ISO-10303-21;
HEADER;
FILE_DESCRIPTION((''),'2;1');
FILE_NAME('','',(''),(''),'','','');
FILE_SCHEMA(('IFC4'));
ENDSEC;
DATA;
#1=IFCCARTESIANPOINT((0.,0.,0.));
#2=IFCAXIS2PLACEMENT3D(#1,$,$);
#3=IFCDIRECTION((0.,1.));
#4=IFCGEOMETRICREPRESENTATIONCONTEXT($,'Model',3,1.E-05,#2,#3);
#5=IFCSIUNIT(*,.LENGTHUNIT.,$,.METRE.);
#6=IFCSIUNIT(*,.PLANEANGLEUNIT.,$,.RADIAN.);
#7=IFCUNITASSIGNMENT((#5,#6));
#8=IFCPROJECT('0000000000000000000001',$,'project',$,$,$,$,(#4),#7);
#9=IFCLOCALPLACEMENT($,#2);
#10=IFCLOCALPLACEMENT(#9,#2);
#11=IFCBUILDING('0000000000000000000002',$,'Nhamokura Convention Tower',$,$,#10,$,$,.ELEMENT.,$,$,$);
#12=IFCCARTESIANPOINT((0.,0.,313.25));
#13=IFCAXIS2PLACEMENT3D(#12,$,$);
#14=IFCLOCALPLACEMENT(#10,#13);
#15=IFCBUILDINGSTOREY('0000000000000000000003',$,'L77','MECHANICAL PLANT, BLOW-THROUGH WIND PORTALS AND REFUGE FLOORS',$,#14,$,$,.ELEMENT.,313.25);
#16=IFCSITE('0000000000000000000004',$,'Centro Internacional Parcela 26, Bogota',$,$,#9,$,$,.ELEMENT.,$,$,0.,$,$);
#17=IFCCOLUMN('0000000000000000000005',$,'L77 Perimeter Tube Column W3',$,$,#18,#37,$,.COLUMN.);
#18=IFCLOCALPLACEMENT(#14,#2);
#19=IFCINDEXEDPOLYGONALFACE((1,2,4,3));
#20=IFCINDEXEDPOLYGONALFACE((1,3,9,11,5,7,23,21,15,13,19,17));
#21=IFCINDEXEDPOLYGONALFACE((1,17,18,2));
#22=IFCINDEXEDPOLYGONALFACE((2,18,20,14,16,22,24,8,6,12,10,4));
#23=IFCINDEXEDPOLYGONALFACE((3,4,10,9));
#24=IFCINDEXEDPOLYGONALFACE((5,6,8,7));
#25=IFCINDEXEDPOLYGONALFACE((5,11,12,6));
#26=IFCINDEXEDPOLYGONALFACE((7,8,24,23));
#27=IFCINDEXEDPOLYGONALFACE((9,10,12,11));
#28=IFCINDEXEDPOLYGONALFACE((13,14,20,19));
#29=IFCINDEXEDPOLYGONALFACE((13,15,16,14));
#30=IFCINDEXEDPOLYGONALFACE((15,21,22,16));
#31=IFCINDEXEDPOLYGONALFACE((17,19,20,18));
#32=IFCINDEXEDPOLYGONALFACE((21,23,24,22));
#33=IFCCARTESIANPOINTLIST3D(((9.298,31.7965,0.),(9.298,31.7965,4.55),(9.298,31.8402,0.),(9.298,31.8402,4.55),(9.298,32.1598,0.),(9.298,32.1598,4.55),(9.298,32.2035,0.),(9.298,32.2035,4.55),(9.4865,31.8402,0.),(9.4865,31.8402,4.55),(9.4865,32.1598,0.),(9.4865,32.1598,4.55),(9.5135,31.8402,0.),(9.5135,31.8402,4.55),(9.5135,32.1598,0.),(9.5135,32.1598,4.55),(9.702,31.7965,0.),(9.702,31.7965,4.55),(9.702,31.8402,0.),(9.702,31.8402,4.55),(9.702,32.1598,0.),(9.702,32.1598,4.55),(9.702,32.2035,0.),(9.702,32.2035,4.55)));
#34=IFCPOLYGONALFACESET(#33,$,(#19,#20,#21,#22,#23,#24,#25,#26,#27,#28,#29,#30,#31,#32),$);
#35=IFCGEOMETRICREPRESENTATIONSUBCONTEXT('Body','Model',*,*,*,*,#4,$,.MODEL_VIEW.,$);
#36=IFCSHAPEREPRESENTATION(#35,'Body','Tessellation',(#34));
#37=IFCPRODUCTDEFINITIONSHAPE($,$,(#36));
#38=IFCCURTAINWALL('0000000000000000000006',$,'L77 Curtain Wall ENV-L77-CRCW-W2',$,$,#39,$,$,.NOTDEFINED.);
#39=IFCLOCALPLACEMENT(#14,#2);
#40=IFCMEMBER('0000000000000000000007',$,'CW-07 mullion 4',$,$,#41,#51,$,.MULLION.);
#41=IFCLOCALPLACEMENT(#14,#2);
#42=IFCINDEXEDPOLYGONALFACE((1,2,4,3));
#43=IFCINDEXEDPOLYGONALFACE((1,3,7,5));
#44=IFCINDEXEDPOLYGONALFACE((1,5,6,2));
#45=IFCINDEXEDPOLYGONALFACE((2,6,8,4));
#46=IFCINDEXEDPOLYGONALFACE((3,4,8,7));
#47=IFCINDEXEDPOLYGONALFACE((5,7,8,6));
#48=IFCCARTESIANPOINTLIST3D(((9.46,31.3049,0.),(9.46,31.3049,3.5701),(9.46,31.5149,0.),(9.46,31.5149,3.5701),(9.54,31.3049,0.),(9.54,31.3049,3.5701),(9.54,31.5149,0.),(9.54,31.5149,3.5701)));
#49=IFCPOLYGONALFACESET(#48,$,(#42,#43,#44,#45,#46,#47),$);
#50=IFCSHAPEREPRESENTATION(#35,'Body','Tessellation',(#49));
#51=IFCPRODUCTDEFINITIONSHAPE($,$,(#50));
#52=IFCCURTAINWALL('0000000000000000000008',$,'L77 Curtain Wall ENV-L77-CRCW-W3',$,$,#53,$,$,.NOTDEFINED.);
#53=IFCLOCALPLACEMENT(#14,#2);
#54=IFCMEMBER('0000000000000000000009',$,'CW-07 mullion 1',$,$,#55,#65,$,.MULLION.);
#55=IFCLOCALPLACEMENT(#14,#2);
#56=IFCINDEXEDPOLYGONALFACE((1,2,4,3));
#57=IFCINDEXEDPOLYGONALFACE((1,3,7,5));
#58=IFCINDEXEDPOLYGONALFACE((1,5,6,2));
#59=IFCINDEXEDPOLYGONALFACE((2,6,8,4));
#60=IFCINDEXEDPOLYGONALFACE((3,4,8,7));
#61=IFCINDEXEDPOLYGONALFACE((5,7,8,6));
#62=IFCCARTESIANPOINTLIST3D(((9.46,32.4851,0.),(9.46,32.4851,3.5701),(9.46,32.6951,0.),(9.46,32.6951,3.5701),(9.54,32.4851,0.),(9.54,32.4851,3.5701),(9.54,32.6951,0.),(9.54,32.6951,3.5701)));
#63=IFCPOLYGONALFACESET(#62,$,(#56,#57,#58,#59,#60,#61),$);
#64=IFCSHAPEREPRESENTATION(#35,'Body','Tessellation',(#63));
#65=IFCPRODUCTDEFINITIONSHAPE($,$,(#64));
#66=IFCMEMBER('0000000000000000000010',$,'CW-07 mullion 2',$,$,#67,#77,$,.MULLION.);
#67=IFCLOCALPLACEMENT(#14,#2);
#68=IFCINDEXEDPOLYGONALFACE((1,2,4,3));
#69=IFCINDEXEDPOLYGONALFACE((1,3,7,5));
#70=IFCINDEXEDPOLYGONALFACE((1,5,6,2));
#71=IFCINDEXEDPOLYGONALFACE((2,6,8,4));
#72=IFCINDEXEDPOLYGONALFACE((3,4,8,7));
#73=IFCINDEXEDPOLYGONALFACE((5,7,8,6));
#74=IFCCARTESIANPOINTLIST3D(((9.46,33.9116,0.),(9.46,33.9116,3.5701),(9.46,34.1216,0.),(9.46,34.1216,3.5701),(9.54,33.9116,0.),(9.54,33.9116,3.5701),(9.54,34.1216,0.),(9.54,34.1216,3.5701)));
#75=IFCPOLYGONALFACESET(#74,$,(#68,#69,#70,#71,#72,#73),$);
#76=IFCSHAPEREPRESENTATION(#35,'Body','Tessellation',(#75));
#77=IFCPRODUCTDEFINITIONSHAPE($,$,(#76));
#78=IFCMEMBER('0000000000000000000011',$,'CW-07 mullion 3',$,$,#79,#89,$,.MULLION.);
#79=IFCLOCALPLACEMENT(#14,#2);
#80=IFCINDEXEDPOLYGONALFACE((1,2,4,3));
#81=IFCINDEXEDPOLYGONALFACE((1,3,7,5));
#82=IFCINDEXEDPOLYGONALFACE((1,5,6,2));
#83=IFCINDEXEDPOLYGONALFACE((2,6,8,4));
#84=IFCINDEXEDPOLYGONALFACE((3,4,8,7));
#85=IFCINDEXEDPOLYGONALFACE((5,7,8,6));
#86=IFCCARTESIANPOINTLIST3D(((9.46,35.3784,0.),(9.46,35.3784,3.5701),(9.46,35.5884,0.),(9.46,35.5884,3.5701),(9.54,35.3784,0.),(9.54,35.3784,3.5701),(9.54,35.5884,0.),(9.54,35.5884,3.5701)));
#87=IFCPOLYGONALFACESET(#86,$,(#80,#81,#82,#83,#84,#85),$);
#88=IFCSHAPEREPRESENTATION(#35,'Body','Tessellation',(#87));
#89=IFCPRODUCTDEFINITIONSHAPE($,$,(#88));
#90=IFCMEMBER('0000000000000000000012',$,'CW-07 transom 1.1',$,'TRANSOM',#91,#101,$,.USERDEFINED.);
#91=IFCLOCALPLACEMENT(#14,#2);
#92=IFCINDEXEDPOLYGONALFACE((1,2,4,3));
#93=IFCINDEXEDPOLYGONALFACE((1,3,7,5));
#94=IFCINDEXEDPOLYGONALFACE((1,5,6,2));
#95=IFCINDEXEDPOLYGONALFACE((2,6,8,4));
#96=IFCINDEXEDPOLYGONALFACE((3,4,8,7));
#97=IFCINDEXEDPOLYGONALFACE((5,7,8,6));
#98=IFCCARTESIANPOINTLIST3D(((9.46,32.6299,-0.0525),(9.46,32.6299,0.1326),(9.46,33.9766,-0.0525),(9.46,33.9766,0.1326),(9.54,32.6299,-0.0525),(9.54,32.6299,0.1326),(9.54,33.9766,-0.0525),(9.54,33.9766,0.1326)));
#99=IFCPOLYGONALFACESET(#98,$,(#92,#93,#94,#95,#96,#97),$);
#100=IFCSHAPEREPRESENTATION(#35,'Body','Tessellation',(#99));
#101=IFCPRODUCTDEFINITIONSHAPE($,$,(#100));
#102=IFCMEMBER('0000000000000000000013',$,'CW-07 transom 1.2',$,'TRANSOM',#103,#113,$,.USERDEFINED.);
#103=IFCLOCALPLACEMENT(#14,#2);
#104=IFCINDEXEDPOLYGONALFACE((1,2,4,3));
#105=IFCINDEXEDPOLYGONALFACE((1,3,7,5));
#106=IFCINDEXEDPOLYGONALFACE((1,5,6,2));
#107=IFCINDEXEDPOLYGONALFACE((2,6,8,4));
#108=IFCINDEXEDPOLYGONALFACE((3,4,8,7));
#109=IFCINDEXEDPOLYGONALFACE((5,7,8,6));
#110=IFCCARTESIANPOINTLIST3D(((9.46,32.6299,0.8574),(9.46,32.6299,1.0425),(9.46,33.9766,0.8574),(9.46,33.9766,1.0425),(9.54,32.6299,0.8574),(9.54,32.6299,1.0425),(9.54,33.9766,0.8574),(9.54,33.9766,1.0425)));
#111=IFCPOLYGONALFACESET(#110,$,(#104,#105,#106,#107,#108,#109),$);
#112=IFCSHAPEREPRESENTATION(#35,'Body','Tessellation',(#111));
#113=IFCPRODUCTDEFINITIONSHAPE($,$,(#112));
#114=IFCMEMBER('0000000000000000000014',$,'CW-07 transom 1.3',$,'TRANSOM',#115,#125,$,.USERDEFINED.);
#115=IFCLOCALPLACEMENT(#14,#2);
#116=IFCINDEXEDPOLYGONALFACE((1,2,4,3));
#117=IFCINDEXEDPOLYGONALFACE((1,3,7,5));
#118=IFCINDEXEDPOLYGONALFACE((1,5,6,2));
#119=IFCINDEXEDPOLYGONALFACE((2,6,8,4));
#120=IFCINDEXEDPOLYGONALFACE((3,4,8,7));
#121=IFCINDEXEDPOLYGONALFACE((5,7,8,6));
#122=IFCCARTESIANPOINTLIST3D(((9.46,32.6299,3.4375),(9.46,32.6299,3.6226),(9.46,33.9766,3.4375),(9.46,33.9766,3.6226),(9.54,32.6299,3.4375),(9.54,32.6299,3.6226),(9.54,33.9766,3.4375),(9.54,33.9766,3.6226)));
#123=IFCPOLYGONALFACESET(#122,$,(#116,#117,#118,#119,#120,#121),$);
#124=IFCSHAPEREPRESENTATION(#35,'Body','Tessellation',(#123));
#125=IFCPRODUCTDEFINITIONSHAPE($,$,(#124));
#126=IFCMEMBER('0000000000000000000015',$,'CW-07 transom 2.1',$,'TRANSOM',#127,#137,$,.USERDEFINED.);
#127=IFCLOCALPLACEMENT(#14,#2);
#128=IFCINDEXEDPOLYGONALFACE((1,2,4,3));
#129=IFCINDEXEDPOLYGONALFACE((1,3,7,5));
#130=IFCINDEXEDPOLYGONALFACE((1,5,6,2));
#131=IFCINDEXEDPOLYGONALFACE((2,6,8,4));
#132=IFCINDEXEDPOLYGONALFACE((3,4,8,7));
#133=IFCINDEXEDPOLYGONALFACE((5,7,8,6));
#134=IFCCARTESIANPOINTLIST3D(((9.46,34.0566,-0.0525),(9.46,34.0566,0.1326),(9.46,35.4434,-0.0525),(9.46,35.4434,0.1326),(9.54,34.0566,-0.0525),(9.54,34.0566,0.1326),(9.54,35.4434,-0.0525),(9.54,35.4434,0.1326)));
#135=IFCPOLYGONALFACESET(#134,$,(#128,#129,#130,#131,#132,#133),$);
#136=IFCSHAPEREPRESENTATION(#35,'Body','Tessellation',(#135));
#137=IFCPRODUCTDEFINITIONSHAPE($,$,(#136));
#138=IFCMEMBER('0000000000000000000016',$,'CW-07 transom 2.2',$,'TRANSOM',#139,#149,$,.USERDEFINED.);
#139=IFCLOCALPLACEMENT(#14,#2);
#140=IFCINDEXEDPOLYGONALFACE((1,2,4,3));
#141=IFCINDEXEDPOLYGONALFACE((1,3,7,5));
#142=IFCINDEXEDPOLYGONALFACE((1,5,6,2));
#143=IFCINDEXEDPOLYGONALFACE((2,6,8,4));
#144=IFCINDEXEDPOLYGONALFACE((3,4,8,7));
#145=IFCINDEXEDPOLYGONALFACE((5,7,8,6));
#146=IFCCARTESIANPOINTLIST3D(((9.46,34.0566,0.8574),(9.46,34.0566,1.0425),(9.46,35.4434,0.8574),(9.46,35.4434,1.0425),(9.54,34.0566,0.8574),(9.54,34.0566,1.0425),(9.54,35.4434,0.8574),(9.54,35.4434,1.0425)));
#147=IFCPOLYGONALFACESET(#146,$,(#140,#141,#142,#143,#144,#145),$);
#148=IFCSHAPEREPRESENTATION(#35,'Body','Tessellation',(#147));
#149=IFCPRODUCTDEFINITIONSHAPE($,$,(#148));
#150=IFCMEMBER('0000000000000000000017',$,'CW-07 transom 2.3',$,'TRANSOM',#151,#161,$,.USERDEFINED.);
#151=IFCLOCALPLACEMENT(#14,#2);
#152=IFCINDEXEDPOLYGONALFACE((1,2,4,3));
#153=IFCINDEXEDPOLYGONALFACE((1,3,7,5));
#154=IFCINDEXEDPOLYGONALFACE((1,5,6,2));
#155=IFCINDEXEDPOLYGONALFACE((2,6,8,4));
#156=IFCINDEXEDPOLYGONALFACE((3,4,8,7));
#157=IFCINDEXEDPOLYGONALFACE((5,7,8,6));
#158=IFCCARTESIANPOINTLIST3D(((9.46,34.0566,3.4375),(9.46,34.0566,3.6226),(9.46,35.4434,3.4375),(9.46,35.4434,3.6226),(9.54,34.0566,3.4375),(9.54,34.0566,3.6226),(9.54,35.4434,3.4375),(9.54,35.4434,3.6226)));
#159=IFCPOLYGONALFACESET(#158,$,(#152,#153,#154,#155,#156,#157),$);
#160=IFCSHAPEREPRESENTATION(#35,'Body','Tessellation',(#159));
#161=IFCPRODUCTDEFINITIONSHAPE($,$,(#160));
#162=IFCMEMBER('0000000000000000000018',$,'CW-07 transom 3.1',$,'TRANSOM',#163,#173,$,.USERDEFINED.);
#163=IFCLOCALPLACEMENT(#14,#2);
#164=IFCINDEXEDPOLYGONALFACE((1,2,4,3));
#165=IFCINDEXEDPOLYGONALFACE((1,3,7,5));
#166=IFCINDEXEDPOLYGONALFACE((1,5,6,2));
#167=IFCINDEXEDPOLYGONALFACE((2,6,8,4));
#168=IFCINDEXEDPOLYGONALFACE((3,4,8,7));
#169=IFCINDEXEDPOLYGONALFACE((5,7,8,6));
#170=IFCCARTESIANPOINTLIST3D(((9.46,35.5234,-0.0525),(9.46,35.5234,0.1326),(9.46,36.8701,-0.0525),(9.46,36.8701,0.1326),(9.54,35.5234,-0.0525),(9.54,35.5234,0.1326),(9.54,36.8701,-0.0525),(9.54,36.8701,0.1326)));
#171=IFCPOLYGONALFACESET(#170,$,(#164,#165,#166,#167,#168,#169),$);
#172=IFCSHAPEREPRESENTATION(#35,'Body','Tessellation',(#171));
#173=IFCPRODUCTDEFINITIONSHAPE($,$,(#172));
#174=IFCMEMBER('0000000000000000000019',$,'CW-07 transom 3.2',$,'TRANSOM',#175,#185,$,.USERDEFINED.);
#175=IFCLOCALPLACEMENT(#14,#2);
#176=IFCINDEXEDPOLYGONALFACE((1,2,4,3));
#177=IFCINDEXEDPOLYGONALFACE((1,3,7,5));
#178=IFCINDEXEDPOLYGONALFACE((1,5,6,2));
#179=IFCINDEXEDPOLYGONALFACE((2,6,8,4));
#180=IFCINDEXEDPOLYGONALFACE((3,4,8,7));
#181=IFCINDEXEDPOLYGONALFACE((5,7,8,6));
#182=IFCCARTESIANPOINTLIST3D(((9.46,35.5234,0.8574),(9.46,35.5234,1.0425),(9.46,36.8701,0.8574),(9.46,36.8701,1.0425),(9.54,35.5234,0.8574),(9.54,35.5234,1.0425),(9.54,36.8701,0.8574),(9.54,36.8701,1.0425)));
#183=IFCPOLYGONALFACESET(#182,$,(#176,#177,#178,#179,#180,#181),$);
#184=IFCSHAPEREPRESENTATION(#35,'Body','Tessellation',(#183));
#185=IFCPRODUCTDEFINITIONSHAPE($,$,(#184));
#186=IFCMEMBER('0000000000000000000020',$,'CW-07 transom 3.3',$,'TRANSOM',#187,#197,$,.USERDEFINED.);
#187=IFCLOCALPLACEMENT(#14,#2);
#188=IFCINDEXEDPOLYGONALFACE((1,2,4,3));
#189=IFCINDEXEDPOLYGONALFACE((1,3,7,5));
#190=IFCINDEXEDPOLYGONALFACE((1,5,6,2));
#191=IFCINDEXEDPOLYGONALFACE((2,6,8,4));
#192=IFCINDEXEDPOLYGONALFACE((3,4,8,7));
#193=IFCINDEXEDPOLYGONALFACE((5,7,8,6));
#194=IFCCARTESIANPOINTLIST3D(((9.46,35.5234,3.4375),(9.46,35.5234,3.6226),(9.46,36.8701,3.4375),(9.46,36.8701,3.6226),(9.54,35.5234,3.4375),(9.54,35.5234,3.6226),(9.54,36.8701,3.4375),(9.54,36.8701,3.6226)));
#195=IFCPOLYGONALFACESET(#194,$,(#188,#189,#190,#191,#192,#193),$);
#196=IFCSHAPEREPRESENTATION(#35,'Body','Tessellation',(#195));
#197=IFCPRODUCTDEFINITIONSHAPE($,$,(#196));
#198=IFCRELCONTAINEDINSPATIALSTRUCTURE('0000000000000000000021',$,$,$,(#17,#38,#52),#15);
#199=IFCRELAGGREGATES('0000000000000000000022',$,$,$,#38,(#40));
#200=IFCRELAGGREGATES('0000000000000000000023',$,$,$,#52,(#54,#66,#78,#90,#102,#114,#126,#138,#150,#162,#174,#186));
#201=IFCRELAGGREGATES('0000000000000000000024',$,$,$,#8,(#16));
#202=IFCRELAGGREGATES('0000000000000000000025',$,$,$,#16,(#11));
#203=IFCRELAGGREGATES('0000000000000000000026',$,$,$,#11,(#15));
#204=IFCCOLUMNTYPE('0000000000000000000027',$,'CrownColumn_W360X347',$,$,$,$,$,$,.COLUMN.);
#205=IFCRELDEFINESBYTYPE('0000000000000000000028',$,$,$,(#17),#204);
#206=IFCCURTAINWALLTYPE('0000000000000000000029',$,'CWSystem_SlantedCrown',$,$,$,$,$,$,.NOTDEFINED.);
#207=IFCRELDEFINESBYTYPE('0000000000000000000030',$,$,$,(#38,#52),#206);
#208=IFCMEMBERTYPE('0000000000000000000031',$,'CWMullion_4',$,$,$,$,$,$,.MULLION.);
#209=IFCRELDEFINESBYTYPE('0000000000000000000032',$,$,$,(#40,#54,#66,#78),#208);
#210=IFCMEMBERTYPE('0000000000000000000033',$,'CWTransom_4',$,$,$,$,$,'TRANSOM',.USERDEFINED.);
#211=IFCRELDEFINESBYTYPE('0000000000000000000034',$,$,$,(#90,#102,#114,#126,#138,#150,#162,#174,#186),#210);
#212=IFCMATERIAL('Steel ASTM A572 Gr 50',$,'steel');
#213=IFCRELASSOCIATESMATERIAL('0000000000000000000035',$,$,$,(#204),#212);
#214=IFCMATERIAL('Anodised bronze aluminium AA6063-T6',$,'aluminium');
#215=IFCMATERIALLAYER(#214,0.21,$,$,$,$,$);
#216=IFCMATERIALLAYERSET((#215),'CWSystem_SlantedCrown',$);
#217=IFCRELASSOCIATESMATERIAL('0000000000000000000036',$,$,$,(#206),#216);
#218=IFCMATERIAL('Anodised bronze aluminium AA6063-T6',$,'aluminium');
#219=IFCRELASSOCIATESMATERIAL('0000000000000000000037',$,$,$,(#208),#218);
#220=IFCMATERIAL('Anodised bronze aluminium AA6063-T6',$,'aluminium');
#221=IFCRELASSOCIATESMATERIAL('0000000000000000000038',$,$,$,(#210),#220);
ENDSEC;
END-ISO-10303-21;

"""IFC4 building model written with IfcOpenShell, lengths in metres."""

from ifc_helpers import new_model, si_unit, direction, frame, origin, origin_2d, place, context, subcontext, project, spatial, rectangle, i_section, extrude, material, layer, layer_set, material_profile, profile_set, type_object, element, aggregate, save


model = new_model("IFC4")

# Units and contexts
model_context = context("Model", 3, precision=1e-05, world=origin(), true_north=direction((0.0, 1.0)))
body_context = subcontext(model_context, "Body", "Model", "MODEL_VIEW")
ifc_project = project(units=[si_unit("LENGTHUNIT", "METRE"), si_unit("PLANEANGLEUNIT", "RADIAN")], contexts=[model_context])

# Site, building, storey
site_placement = place(None, origin())
site = spatial("IfcSite", under=ifc_project, at=site_placement, Name="Centro Internacional Parcela 26, Bogota", CompositionType="ELEMENT", RefElevation=0.0)
building_placement = place(site_placement, origin())
building = spatial("IfcBuilding", under=site, at=building_placement, Name="Nhamokura Convention Tower", CompositionType="ELEMENT")
storey_placement = place(building_placement, frame((0.0, 0.0, 313.25)))
storey = spatial("IfcBuildingStorey", under=building, at=storey_placement, Name="L77", Description="MECHANICAL PLANT, BLOW-THROUGH WIND PORTALS AND REFUGE FLOORS", CompositionType="ELEMENT", Elevation=313.25)

# Column
ifc_material_1 = material(Name="Steel ASTM A572 Gr 50", Category="steel")
ifc_material_profile_1 = material_profile(ifc_material_1, i_section(OverallWidth=0.4041, OverallDepth=0.407, WebThickness=0.0271, FlangeThickness=0.0437, at=origin_2d()))
ifc_profile_set_1 = profile_set([ifc_material_profile_1], Name="Steel ASTM A572 Gr 50")
column_type = type_object("IfcColumnType", Name="CrownColumn_W360X347", PredefinedType="COLUMN", material=ifc_profile_set_1)
column_placement = place(storey_placement, frame((9.5, 32.0, 0.0), z_axis=(0.0, 0.0, 1.0), x_axis=(1.0, 0.0, 0.0)))
element("IfcColumn", 1, at=column_placement, inside=storey, type_object=column_type, Name="L77 Perimeter Tube Column W3", PredefinedType="COLUMN", context=body_context, shape_type="SweptSolid", body=[
    extrude(i_section(OverallWidth=0.4041, OverallDepth=0.407, WebThickness=0.0271, FlangeThickness=0.0437, at=origin_2d()), origin(), (0.0, 0.0, 1.0), 4.55),
])

# Curtain wall, member
ifc_material_2 = material(Name="Anodised bronze aluminium AA6063-T6", Category="aluminium")
ifc_layer_1 = layer(ifc_material_2, 0.21)
ifc_layer_set_1 = layer_set([ifc_layer_1], Name="CWSystem_SlantedCrown")
curtain_wall_type = type_object("IfcCurtainWallType", Name="CWSystem_SlantedCrown", PredefinedType="NOTDEFINED", material=ifc_layer_set_1)
curtain_wall_1_placement = place(storey_placement, origin())
curtain_wall_1 = element("IfcCurtainWall", 2, at=curtain_wall_1_placement, inside=storey, type_object=curtain_wall_type, Name="L77 Curtain Wall ENV-L77-CRCW-W2", PredefinedType="NOTDEFINED")
ifc_material_3 = material(Name="Anodised bronze aluminium AA6063-T6", Category="aluminium")
ifc_material_profile_2 = material_profile(ifc_material_3, rectangle(XDim=0.0801, YDim=0.21, at=origin_2d()))
ifc_profile_set_2 = profile_set([ifc_material_profile_2], Name="Anodised bronze aluminium AA6063-T6")
member_type_1 = type_object("IfcMemberType", Name="CWMullion_4", PredefinedType="MULLION", material=ifc_profile_set_2)
member_1_placement = place(storey_placement, frame((9.5, 31.4099, 0.0), z_axis=(0.0, 0.0, 1.0), x_axis=(-1.0, 0.0, 0.0)))
member_1 = element("IfcMember", 3, at=member_1_placement, type_object=member_type_1, Name="CW-07 mullion 4", PredefinedType="MULLION", context=body_context, shape_type="SweptSolid", body=[
    extrude(rectangle(XDim=0.0801, YDim=0.21, at=origin_2d()), origin(), (0.0, 0.0, 1.0), 3.5701),
])
aggregate(curtain_wall_1, [member_1])

# Curtain wall, members
curtain_wall_2_placement = place(storey_placement, origin())
curtain_wall_2 = element("IfcCurtainWall", 4, at=curtain_wall_2_placement, inside=storey, type_object=curtain_wall_type, Name="L77 Curtain Wall ENV-L77-CRCW-W3", PredefinedType="NOTDEFINED")
member_2_placement = place(storey_placement, frame((9.5, 32.5901, 0.0), z_axis=(0.0, 0.0, 1.0), x_axis=(-1.0, 0.0, 0.0)))
member_2 = element("IfcMember", 5, at=member_2_placement, type_object=member_type_1, Name="CW-07 mullion 1", PredefinedType="MULLION", context=body_context, shape_type="SweptSolid", body=[
    extrude(rectangle(XDim=0.0801, YDim=0.21, at=origin_2d()), origin(), (0.0, 0.0, 1.0), 3.5701),
])
member_3_placement = place(storey_placement, frame((9.5, 34.0166, 0.0), z_axis=(0.0, 0.0, 1.0), x_axis=(-1.0, 0.0, 0.0)))
member_3 = element("IfcMember", 6, at=member_3_placement, type_object=member_type_1, Name="CW-07 mullion 2", PredefinedType="MULLION", context=body_context, shape_type="SweptSolid", body=[
    extrude(rectangle(XDim=0.0801, YDim=0.21, at=origin_2d()), origin(), (0.0, 0.0, 1.0), 3.5701),
])
member_4_placement = place(storey_placement, frame((9.5, 35.4834, 0.0), z_axis=(0.0, 0.0, 1.0), x_axis=(-1.0, 0.0, 0.0)))
member_4 = element("IfcMember", 7, at=member_4_placement, type_object=member_type_1, Name="CW-07 mullion 3", PredefinedType="MULLION", context=body_context, shape_type="SweptSolid", body=[
    extrude(rectangle(XDim=0.0801, YDim=0.21, at=origin_2d()), origin(), (0.0, 0.0, 1.0), 3.5701),
])
ifc_material_4 = material(Name="Anodised bronze aluminium AA6063-T6", Category="aluminium")
ifc_material_profile_3 = material_profile(ifc_material_4, rectangle(XDim=0.0801, YDim=0.1851, at=origin_2d()))
ifc_profile_set_3 = profile_set([ifc_material_profile_3], Name="Anodised bronze aluminium AA6063-T6")
member_type_2 = type_object("IfcMemberType", Name="CWTransom_4", ElementType="TRANSOM", PredefinedType="USERDEFINED", material=ifc_profile_set_3)
member_5_placement = place(storey_placement, frame((9.5, 32.6299, 0.04), z_axis=(0.0, 1.0, 0.0), x_axis=(-1.0, 0.0, 0.0)))
member_5 = element("IfcMember", 8, at=member_5_placement, type_object=member_type_2, Name="CW-07 transom 1.1", ObjectType="TRANSOM", PredefinedType="USERDEFINED", context=body_context, shape_type="SweptSolid", body=[
    extrude(rectangle(XDim=0.0801, YDim=0.1851, at=origin_2d()), origin(), (0.0, 0.0, 1.0), 1.3467),
])
member_6_placement = place(storey_placement, frame((9.5, 32.6299, 0.95), z_axis=(0.0, 1.0, 0.0), x_axis=(-1.0, 0.0, 0.0)))
member_6 = element("IfcMember", 9, at=member_6_placement, type_object=member_type_2, Name="CW-07 transom 1.2", ObjectType="TRANSOM", PredefinedType="USERDEFINED", context=body_context, shape_type="SweptSolid", body=[
    extrude(rectangle(XDim=0.0801, YDim=0.1851, at=origin_2d()), origin(), (0.0, 0.0, 1.0), 1.3467),
])
member_7_placement = place(storey_placement, frame((9.5, 32.6299, 3.53), z_axis=(0.0, 1.0, 0.0), x_axis=(-1.0, 0.0, 0.0)))
member_7 = element("IfcMember", 10, at=member_7_placement, type_object=member_type_2, Name="CW-07 transom 1.3", ObjectType="TRANSOM", PredefinedType="USERDEFINED", context=body_context, shape_type="SweptSolid", body=[
    extrude(rectangle(XDim=0.0801, YDim=0.1851, at=origin_2d()), origin(), (0.0, 0.0, 1.0), 1.3467),
])
member_8_placement = place(storey_placement, frame((9.5, 34.0566, 0.04), z_axis=(0.0, 1.0, 0.0), x_axis=(-1.0, 0.0, 0.0)))
member_8 = element("IfcMember", 11, at=member_8_placement, type_object=member_type_2, Name="CW-07 transom 2.1", ObjectType="TRANSOM", PredefinedType="USERDEFINED", context=body_context, shape_type="SweptSolid", body=[
    extrude(rectangle(XDim=0.0801, YDim=0.1851, at=origin_2d()), origin(), (0.0, 0.0, 1.0), 1.3867),
])
member_9_placement = place(storey_placement, frame((9.5, 34.0566, 0.95), z_axis=(0.0, 1.0, 0.0), x_axis=(-1.0, 0.0, 0.0)))
member_9 = element("IfcMember", 12, at=member_9_placement, type_object=member_type_2, Name="CW-07 transom 2.2", ObjectType="TRANSOM", PredefinedType="USERDEFINED", context=body_context, shape_type="SweptSolid", body=[
    extrude(rectangle(XDim=0.0801, YDim=0.1851, at=origin_2d()), origin(), (0.0, 0.0, 1.0), 1.3867),
])
member_10_placement = place(storey_placement, frame((9.5, 34.0566, 3.53), z_axis=(0.0, 1.0, 0.0), x_axis=(-1.0, 0.0, 0.0)))
member_10 = element("IfcMember", 13, at=member_10_placement, type_object=member_type_2, Name="CW-07 transom 2.3", ObjectType="TRANSOM", PredefinedType="USERDEFINED", context=body_context, shape_type="SweptSolid", body=[
    extrude(rectangle(XDim=0.0801, YDim=0.1851, at=origin_2d()), origin(), (0.0, 0.0, 1.0), 1.3867),
])
member_11_placement = place(storey_placement, frame((9.5, 35.5234, 0.04), z_axis=(0.0, 1.0, 0.0), x_axis=(-1.0, 0.0, 0.0)))
member_11 = element("IfcMember", 14, at=member_11_placement, type_object=member_type_2, Name="CW-07 transom 3.1", ObjectType="TRANSOM", PredefinedType="USERDEFINED", context=body_context, shape_type="SweptSolid", body=[
    extrude(rectangle(XDim=0.0801, YDim=0.1851, at=origin_2d()), origin(), (0.0, 0.0, 1.0), 1.3467),
])
member_12_placement = place(storey_placement, frame((9.5, 35.5234, 0.95), z_axis=(0.0, 1.0, 0.0), x_axis=(-1.0, 0.0, 0.0)))
member_12 = element("IfcMember", 15, at=member_12_placement, type_object=member_type_2, Name="CW-07 transom 3.2", ObjectType="TRANSOM", PredefinedType="USERDEFINED", context=body_context, shape_type="SweptSolid", body=[
    extrude(rectangle(XDim=0.0801, YDim=0.1851, at=origin_2d()), origin(), (0.0, 0.0, 1.0), 1.3467),
])
member_13_placement = place(storey_placement, frame((9.5, 35.5234, 3.53), z_axis=(0.0, 1.0, 0.0), x_axis=(-1.0, 0.0, 0.0)))
member_13 = element("IfcMember", 16, at=member_13_placement, type_object=member_type_2, Name="CW-07 transom 3.3", ObjectType="TRANSOM", PredefinedType="USERDEFINED", context=body_context, shape_type="SweptSolid", body=[
    extrude(rectangle(XDim=0.0801, YDim=0.1851, at=origin_2d()), origin(), (0.0, 0.0, 1.0), 1.3467),
])

aggregate(curtain_wall_2, [member_2, member_3, member_4, member_5, member_6, member_7, member_8, member_9, member_10, member_11, member_12, member_13])

save(model, "model.ifc")
